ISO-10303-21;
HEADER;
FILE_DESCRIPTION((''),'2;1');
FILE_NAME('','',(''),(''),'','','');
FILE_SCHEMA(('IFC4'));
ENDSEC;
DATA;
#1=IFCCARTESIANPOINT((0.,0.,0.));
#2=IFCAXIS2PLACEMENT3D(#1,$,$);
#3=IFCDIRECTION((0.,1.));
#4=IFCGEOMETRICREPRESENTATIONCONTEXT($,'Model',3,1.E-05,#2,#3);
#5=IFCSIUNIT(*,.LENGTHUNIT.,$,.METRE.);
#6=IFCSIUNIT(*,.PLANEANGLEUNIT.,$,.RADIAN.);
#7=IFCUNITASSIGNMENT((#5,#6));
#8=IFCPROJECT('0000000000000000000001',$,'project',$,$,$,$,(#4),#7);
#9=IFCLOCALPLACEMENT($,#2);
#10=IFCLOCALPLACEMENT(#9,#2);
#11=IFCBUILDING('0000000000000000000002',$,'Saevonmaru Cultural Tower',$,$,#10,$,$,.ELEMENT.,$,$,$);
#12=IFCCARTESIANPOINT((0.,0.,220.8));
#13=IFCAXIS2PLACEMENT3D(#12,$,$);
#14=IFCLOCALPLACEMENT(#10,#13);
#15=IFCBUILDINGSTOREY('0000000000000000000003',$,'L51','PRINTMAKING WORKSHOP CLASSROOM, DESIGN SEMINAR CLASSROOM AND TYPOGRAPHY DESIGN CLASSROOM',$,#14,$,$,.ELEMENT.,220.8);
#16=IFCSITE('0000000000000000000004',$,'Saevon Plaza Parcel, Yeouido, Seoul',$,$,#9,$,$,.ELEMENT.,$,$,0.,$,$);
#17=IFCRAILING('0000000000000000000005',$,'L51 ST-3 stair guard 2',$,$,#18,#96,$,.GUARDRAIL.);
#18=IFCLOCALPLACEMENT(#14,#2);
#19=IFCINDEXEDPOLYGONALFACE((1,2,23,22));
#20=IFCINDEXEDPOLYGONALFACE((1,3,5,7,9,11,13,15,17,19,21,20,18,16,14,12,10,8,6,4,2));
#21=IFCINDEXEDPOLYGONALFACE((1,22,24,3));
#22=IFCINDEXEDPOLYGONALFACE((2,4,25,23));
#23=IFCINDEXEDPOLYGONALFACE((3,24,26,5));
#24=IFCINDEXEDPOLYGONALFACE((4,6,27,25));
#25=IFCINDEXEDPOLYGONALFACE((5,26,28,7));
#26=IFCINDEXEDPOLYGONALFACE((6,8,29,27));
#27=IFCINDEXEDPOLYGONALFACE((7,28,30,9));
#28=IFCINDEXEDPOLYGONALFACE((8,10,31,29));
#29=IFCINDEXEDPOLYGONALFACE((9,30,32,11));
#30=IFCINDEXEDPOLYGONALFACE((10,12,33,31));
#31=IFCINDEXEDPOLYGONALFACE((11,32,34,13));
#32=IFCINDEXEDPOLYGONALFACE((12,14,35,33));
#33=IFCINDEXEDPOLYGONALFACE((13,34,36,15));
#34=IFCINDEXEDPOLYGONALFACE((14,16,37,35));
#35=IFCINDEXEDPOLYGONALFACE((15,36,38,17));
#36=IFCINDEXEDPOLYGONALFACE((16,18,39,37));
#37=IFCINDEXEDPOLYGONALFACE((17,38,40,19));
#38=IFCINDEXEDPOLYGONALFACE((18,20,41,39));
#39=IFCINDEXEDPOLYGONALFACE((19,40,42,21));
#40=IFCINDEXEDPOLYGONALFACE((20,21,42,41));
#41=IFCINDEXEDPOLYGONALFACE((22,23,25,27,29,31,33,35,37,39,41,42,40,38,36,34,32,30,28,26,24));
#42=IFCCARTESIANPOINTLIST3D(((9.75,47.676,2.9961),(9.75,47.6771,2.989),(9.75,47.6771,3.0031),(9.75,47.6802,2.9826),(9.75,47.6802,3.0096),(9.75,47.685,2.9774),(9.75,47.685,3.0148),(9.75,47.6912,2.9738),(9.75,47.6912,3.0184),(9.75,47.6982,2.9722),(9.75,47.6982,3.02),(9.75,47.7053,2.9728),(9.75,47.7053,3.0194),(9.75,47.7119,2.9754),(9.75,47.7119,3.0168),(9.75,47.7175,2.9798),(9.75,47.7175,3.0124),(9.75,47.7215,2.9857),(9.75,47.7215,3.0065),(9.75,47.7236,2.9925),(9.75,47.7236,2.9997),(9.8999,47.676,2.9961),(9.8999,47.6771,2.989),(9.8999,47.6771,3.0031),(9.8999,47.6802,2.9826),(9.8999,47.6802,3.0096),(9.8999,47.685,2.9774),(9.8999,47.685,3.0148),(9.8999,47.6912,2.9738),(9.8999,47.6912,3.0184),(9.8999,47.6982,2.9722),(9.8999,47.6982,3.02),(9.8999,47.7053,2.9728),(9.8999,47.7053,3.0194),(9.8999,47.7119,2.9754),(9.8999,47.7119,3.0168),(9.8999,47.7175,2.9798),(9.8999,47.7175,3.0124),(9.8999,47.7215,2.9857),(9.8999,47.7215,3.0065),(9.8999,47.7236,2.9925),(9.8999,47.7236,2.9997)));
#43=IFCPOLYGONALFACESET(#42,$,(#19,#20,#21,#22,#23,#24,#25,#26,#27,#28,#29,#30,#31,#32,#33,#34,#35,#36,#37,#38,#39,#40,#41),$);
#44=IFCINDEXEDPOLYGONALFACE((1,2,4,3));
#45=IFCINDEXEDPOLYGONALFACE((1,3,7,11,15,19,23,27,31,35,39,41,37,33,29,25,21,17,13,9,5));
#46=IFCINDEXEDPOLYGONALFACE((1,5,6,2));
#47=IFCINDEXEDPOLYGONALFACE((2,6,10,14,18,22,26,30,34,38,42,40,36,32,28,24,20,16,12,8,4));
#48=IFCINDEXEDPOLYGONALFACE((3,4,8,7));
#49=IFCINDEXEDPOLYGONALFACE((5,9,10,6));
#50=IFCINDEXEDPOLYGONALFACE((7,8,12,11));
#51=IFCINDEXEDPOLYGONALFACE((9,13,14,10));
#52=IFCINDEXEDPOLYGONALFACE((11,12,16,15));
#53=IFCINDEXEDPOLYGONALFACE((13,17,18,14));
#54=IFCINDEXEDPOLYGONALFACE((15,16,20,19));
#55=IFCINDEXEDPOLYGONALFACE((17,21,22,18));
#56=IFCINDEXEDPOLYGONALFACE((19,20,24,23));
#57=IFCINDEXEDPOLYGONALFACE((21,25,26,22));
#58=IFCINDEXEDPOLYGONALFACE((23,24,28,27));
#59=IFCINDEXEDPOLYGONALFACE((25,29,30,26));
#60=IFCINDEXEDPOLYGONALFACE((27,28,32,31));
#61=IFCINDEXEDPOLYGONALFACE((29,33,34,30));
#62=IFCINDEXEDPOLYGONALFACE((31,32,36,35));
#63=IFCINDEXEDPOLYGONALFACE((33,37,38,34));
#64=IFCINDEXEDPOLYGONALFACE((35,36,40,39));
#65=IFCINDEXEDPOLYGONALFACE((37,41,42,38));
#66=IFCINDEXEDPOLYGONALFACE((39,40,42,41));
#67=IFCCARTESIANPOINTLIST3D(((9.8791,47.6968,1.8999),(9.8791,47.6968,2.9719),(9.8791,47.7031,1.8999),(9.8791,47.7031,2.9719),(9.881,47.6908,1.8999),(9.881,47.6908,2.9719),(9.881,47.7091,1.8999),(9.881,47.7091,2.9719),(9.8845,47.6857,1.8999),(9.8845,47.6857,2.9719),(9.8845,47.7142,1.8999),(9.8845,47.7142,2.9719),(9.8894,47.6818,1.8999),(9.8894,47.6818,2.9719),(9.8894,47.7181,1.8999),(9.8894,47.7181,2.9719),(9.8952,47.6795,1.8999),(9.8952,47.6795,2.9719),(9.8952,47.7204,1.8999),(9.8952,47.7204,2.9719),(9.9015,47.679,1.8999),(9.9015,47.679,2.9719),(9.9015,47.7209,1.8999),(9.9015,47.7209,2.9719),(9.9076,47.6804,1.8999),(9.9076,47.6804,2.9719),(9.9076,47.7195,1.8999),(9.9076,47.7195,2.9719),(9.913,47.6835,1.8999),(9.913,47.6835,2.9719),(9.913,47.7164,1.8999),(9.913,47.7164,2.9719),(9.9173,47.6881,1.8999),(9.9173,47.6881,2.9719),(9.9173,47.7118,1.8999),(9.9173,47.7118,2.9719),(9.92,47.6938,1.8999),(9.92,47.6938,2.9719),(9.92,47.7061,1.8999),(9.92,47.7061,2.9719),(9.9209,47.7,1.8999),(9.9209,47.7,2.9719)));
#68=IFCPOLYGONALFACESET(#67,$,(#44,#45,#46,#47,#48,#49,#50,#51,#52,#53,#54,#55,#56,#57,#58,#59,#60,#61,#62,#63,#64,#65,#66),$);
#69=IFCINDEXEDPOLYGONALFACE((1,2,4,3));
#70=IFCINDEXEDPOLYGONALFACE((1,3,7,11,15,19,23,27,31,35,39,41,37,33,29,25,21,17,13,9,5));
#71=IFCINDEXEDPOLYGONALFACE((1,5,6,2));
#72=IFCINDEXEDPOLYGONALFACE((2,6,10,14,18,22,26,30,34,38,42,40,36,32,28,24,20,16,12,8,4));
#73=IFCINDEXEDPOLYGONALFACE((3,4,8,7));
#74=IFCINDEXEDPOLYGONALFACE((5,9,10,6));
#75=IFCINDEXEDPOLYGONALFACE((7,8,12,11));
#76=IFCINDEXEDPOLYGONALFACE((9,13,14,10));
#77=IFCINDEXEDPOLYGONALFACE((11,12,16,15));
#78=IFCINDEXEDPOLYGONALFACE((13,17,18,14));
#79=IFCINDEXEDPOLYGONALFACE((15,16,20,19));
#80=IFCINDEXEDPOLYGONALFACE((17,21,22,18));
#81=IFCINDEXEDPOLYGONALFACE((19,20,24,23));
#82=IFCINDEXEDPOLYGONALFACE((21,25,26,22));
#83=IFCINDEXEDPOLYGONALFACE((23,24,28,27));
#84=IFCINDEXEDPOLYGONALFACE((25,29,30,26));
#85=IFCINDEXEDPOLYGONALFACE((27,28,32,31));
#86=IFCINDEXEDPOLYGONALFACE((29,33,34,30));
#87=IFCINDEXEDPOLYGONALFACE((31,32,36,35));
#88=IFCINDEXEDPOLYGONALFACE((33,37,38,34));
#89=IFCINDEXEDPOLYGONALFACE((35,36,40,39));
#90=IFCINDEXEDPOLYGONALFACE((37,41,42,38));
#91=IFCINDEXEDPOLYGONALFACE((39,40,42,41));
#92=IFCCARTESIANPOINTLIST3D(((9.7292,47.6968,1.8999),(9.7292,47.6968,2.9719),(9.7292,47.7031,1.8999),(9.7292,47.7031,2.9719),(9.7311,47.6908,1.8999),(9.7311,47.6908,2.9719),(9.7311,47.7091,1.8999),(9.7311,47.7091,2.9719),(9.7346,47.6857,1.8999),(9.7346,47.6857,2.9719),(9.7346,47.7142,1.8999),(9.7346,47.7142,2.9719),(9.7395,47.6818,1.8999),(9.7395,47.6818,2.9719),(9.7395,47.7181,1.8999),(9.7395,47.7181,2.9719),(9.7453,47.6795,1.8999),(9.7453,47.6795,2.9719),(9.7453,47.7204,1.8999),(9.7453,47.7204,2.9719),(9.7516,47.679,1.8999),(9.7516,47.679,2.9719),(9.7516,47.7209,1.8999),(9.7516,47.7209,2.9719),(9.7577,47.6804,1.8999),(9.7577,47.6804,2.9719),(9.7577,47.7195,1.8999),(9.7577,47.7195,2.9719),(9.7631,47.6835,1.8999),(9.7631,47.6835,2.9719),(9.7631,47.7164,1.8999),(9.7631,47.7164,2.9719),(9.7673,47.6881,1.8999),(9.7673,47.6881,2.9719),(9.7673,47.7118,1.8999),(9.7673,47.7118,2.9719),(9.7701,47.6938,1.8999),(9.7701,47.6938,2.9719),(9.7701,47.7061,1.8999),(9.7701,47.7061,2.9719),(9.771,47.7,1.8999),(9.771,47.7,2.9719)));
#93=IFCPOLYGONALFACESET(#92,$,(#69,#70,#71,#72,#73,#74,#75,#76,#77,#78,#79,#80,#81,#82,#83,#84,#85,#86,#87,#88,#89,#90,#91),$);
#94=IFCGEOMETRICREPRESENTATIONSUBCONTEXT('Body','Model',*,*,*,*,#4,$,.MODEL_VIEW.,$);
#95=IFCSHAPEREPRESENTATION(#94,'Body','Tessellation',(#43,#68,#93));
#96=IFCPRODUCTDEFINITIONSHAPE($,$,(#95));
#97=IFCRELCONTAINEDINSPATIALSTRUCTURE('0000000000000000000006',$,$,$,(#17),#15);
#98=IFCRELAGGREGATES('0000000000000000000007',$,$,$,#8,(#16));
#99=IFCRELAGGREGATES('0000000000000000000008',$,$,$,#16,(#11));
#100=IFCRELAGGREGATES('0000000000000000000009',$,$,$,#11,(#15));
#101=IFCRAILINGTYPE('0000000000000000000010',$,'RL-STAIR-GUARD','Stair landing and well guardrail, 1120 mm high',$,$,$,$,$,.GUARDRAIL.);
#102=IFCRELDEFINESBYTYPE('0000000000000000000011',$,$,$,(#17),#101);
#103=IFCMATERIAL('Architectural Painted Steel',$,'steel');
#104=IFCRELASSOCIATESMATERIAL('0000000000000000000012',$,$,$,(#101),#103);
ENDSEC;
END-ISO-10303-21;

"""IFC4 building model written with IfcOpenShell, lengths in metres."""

from ifc_helpers import new_model, si_unit, direction, frame, origin, origin_2d, place, context, subcontext, project, spatial, circle, extrude, material, type_object, element, save


model = new_model("IFC4")

# Units and contexts
model_context = context("Model", 3, precision=1e-05, world=origin(), true_north=direction((0.0, 1.0)))
body_context = subcontext(model_context, "Body", "Model", "MODEL_VIEW")
ifc_project = project(units=[si_unit("LENGTHUNIT", "METRE"), si_unit("PLANEANGLEUNIT", "RADIAN")], contexts=[model_context])

# Site, building, storey
site_placement = place(None, origin())
site = spatial("IfcSite", under=ifc_project, at=site_placement, Name="Saevon Plaza Parcel, Yeouido, Seoul", CompositionType="ELEMENT", RefElevation=0.0)
building_placement = place(site_placement, origin())
building = spatial("IfcBuilding", under=site, at=building_placement, Name="Saevonmaru Cultural Tower", CompositionType="ELEMENT")
storey_placement = place(building_placement, frame((0.0, 0.0, 220.8)))
storey = spatial("IfcBuildingStorey", under=building, at=storey_placement, Name="L51", Description="PRINTMAKING WORKSHOP CLASSROOM, DESIGN SEMINAR CLASSROOM AND TYPOGRAPHY DESIGN CLASSROOM", CompositionType="ELEMENT", Elevation=220.8)

# Railing
ifc_material_1 = material(Name="Architectural Painted Steel", Category="steel")
railing_type_1 = type_object("IfcRailingType", Name="RL-STAIR-GUARD", Description="Stair landing and well guardrail, 1120 mm high", PredefinedType="GUARDRAIL", material=ifc_material_1)
railing_1_placement = place(storey_placement, frame((9.8999, 47.7, 1.8999)))
element("IfcRailing", 1, at=railing_1_placement, inside=storey, type_object=railing_type_1, Name="L51 ST-3 stair guard 2", PredefinedType="GUARDRAIL", context=body_context, shape_type="SweptSolid", body=[
    extrude(circle(Radius=0.0239, at=origin_2d()), frame((0.0, 0.0, 1.0962), z_axis=(-1.0, 0.0, 0.0), x_axis=(0.0, -1.0, 0.0)), (0.0, 0.0, 1.0), 0.1499),
    extrude(circle(Radius=0.021, at=origin_2d()), origin(), (0.0, 0.0, 1.0), 1.072),
    extrude(circle(Radius=0.021, at=origin_2d()), frame((-0.1499, 0.0, 0.0)), (0.0, 0.0, 1.0), 1.072),
])

save(model, "model.ifc")
